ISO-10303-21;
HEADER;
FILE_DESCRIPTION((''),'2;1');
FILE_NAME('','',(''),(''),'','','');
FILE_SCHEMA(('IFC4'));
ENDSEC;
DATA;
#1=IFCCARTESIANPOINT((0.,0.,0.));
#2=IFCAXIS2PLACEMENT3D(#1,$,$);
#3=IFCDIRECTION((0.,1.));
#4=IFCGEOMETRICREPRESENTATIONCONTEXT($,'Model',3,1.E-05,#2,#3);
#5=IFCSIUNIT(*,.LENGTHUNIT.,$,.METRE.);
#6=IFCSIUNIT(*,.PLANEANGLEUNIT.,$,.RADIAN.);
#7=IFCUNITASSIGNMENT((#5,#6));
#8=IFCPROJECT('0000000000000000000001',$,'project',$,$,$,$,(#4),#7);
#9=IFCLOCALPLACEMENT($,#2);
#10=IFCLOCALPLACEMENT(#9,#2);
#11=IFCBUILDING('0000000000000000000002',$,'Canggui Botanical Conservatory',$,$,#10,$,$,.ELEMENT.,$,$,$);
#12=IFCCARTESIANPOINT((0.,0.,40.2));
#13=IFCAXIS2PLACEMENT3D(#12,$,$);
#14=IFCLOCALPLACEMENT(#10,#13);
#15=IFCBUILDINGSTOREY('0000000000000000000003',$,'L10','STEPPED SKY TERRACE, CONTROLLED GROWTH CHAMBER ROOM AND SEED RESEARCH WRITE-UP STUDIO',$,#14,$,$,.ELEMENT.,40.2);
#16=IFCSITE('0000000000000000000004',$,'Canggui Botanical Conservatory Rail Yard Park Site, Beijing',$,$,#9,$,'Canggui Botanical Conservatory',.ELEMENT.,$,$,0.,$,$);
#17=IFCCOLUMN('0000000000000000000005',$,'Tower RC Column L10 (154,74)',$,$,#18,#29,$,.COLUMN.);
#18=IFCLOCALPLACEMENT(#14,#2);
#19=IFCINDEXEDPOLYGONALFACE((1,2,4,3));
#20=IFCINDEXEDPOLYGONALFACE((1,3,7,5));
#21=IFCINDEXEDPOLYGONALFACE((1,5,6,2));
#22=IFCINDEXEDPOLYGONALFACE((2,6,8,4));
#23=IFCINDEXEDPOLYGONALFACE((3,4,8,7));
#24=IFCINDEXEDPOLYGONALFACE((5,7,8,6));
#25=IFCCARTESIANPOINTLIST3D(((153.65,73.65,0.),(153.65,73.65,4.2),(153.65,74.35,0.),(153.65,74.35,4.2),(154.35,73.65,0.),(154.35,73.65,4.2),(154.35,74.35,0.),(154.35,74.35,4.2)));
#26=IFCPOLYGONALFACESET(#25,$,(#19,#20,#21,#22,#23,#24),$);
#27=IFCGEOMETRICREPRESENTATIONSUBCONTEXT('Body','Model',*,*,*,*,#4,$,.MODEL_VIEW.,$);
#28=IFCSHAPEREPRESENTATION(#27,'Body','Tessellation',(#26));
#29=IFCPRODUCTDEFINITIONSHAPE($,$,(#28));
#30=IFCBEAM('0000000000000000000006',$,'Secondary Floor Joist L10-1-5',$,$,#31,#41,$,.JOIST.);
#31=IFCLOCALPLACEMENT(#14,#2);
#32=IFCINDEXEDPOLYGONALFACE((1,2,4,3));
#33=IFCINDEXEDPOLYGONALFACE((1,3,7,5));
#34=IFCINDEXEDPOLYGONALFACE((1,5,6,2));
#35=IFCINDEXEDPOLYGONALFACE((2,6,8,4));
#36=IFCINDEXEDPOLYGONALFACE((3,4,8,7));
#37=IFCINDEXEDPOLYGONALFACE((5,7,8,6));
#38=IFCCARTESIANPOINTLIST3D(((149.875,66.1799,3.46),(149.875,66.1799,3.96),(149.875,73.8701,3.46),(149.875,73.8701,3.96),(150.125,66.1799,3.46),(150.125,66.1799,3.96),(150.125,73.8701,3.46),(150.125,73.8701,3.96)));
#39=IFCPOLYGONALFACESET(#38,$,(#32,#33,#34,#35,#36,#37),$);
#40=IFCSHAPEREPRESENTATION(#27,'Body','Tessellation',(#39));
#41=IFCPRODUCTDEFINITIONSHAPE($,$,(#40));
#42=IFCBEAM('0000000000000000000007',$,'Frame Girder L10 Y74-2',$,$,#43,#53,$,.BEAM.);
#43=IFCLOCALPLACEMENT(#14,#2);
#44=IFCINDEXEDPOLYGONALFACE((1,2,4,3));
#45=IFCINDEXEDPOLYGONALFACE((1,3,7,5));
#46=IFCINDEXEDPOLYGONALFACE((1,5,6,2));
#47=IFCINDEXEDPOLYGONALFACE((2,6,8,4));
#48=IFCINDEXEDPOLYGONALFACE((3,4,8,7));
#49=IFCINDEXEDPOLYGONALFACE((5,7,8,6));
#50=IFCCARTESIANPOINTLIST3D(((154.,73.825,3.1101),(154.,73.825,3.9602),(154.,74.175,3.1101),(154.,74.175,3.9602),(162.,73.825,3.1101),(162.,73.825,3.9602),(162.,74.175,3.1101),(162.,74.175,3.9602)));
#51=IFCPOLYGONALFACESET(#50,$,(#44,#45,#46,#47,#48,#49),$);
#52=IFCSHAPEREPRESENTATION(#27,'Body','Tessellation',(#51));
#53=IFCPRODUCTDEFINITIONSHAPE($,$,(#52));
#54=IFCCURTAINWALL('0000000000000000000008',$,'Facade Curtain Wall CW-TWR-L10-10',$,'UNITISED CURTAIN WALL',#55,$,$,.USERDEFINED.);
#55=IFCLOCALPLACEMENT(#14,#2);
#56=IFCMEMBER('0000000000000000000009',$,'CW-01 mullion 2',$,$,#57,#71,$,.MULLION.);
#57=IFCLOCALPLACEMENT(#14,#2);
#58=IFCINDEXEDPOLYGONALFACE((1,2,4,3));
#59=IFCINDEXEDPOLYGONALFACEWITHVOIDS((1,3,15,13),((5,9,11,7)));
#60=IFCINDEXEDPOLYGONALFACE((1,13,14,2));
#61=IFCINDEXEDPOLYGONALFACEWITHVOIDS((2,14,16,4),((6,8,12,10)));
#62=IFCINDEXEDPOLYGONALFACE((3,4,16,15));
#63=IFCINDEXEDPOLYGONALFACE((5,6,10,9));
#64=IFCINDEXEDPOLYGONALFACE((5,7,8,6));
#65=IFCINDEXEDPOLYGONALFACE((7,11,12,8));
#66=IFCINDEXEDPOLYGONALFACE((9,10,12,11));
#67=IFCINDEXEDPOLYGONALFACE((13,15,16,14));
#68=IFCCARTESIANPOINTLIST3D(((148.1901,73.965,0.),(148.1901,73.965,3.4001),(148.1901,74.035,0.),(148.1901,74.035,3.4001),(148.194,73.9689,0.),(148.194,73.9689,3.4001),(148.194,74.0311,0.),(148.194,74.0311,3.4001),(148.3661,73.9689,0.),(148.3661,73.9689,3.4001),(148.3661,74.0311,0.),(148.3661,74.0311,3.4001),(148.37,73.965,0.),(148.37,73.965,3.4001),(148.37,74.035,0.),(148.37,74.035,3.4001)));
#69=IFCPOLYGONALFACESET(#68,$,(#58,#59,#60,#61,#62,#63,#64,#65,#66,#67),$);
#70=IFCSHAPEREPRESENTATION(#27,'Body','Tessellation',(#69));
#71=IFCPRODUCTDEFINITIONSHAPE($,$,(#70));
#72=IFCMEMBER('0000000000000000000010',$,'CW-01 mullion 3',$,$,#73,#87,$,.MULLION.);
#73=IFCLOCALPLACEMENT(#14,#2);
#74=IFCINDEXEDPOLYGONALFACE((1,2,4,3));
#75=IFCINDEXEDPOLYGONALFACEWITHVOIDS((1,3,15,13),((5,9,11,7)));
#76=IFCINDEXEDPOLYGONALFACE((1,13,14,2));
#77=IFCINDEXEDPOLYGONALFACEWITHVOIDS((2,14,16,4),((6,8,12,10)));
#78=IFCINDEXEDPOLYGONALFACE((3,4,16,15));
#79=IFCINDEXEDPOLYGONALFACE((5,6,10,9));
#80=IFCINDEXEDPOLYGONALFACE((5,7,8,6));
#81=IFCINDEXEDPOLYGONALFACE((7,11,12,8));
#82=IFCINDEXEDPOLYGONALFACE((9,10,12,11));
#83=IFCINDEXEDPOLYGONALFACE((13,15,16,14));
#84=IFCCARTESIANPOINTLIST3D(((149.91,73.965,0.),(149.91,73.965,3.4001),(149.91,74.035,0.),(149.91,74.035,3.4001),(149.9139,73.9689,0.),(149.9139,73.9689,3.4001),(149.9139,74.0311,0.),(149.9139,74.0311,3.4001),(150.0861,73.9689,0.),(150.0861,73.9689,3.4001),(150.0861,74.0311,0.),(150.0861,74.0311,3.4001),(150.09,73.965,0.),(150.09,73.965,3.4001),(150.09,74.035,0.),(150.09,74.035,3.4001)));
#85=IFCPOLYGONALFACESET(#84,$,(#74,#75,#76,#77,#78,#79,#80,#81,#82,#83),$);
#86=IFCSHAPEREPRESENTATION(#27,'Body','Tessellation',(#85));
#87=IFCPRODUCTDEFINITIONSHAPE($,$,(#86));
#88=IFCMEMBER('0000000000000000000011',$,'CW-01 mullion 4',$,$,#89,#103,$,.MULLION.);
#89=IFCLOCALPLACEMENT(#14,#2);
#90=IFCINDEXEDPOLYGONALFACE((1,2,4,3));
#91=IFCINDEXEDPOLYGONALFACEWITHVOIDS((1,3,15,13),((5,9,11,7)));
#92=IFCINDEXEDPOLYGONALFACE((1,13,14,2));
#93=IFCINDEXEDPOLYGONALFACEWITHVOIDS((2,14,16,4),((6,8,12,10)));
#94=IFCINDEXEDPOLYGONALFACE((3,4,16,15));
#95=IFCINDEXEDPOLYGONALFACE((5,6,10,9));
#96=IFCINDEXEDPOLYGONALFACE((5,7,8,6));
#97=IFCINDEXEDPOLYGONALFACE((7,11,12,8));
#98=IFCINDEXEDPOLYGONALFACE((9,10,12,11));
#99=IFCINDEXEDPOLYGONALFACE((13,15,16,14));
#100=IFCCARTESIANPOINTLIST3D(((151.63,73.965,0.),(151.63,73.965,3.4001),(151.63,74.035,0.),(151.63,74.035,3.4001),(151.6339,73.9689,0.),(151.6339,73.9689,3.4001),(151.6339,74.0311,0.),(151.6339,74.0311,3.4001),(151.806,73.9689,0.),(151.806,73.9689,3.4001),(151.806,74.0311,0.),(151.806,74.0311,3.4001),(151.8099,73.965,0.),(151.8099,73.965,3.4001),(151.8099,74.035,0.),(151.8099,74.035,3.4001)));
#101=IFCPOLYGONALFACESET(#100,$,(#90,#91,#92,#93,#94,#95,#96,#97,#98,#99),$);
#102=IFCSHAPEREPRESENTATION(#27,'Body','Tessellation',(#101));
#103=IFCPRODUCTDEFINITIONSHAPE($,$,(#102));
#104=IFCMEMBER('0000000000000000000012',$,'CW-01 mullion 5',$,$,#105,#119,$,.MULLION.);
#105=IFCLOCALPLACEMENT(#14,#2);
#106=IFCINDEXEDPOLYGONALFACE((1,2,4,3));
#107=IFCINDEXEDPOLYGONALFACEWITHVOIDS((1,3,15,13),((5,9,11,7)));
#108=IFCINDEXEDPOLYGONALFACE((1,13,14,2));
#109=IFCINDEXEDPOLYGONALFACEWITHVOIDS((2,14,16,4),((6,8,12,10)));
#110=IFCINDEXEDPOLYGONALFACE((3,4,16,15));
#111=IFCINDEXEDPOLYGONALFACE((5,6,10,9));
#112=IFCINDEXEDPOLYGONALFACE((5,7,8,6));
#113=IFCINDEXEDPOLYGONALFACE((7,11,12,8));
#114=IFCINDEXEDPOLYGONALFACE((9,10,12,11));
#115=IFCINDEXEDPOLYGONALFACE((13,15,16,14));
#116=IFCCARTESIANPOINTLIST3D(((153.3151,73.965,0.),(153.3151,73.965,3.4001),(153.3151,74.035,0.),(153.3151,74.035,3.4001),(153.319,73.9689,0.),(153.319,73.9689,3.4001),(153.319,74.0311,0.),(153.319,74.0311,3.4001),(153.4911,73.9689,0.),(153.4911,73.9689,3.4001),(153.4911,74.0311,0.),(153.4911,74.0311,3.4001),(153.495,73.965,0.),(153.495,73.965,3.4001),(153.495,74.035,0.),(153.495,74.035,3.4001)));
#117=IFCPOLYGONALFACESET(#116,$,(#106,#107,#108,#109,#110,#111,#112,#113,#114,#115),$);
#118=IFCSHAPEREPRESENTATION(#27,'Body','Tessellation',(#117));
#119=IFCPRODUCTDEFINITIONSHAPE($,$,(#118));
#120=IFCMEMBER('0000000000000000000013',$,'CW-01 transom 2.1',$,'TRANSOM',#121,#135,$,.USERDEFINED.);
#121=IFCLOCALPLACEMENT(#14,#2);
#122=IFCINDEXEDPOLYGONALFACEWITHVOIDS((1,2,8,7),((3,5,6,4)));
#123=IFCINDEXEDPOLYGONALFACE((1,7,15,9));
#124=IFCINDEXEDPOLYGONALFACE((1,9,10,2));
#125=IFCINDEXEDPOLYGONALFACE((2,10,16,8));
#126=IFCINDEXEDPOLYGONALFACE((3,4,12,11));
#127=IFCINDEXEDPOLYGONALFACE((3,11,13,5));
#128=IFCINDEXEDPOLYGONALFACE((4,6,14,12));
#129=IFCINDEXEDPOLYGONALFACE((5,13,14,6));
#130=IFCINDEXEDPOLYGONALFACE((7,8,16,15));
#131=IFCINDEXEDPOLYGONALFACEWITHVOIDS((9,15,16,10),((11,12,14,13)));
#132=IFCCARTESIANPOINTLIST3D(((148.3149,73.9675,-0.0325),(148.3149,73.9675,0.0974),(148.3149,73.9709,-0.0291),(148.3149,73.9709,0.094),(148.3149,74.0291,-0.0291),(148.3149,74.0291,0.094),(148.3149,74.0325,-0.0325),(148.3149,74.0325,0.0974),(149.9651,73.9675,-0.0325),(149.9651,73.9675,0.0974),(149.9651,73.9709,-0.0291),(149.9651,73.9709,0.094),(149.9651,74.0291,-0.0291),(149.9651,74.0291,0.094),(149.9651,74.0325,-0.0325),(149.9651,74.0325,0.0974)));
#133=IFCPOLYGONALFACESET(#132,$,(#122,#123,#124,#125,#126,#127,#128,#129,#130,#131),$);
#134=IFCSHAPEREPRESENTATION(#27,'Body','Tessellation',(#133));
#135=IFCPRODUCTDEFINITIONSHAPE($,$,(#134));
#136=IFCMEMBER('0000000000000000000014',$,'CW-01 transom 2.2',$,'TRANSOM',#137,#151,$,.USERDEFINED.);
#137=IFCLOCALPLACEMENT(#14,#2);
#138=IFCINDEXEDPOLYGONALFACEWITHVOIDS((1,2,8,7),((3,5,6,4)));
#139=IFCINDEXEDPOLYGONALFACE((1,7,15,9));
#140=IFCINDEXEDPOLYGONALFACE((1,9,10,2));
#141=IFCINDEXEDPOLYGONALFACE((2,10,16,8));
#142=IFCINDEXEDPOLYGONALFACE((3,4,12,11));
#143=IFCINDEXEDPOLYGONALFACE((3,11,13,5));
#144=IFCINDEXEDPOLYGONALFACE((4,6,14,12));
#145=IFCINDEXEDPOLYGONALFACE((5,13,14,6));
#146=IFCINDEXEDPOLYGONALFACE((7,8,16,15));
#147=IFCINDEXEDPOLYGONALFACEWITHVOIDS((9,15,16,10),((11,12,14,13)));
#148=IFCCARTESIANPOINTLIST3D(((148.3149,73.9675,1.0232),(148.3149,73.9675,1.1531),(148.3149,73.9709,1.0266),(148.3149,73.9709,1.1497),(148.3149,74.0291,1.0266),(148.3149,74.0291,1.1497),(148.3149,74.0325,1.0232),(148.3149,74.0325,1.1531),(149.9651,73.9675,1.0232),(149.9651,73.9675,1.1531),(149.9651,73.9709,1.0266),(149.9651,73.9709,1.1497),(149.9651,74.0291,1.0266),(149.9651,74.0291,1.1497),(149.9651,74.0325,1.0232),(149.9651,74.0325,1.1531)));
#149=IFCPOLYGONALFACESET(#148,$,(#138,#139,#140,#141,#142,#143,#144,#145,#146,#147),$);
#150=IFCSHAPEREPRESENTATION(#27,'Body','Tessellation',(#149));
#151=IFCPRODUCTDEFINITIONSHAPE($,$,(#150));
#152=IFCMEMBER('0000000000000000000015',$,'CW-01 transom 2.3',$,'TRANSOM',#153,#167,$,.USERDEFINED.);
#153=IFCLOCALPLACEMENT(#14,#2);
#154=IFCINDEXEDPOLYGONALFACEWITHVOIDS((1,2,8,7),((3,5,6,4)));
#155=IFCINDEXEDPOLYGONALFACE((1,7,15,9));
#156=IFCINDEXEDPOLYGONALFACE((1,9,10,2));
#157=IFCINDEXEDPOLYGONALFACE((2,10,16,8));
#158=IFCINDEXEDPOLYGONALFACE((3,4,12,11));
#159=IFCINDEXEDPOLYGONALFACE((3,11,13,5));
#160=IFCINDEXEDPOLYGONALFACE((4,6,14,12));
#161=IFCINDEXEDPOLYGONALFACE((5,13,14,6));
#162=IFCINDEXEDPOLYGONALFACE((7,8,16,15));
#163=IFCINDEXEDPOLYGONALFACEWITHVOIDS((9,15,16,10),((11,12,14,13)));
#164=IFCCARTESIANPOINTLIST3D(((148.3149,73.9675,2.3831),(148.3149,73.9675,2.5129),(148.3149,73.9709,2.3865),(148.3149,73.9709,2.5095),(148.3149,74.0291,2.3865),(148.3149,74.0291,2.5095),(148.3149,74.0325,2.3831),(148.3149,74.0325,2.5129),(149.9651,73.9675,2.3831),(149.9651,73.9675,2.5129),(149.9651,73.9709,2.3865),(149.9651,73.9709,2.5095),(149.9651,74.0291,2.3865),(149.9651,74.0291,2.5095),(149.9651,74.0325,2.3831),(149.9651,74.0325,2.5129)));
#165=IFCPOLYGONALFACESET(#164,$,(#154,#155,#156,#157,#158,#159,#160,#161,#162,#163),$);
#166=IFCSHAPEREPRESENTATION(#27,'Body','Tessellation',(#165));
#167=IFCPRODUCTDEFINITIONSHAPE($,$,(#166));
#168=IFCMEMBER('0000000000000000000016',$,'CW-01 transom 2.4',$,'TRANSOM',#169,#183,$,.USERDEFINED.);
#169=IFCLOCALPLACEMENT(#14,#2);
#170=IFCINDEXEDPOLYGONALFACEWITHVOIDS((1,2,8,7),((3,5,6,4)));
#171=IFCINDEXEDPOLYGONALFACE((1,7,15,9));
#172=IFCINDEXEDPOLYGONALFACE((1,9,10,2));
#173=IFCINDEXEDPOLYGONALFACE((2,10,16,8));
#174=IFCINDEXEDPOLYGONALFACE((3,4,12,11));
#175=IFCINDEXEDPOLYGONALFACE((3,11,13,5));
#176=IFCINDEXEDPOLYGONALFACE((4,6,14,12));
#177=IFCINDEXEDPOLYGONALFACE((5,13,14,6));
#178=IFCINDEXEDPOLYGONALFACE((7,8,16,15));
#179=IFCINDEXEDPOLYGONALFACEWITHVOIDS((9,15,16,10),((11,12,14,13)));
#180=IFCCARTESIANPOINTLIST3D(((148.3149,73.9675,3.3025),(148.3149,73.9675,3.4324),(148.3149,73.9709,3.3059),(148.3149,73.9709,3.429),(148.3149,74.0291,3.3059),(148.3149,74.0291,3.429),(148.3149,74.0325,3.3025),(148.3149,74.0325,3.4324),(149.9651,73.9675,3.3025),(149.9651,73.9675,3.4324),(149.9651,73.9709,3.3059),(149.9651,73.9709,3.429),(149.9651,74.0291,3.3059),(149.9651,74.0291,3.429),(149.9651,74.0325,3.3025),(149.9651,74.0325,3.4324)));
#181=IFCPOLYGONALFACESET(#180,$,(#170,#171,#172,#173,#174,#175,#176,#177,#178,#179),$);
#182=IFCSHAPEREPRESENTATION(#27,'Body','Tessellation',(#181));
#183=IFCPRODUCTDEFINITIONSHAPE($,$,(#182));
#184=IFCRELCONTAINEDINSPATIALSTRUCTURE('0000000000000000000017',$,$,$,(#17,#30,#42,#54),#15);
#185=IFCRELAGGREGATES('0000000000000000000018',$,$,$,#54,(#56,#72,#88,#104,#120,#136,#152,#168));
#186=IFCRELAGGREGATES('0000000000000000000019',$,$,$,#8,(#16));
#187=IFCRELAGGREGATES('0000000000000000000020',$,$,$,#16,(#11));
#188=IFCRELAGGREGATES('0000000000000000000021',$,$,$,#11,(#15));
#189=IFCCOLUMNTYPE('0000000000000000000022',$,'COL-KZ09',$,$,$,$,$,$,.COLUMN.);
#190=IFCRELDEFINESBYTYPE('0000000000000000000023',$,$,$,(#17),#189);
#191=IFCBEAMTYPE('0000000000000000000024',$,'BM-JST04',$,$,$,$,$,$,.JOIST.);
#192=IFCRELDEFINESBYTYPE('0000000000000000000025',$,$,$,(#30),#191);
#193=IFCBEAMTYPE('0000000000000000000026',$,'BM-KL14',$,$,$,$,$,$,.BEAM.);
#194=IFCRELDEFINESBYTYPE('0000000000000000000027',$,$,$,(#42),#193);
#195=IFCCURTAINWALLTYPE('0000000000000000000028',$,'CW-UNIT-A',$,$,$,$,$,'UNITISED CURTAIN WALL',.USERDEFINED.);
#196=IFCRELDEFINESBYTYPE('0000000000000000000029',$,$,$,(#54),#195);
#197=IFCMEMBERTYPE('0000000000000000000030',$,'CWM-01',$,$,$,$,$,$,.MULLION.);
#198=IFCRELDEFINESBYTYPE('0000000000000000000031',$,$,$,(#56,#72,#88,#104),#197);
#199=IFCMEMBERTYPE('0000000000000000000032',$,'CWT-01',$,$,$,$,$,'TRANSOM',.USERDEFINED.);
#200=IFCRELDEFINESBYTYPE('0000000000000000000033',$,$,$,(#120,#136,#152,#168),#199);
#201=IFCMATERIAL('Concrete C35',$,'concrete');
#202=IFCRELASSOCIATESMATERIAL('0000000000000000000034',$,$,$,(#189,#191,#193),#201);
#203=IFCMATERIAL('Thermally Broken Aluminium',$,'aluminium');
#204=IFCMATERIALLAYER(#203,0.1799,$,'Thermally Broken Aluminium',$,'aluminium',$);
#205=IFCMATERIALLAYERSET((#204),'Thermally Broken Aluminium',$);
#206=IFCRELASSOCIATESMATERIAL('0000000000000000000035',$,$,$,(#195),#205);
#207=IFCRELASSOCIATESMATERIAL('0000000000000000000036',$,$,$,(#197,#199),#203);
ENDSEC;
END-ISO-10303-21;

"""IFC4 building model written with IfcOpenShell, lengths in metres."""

from ifc_helpers import new_model, si_unit, direction, frame, origin, origin_2d, place, context, subcontext, project, spatial, rectangle, hollow_rectangle, extrude, material, layer, layer_set, material_profile, profile_set, type_object, element, aggregate, save


model = new_model("IFC4")

# Units and contexts
model_context = context("Model", 3, precision=1e-05, world=origin(), true_north=direction((0.0, 1.0)))
body_context = subcontext(model_context, "Body", "Model", "MODEL_VIEW")
ifc_project = project(units=[si_unit("LENGTHUNIT", "METRE"), si_unit("PLANEANGLEUNIT", "RADIAN")], contexts=[model_context])

# Site, building, storey
site_placement = place(None, origin())
site = spatial("IfcSite", under=ifc_project, at=site_placement, Name="Canggui Botanical Conservatory Rail Yard Park Site, Beijing", LongName="Canggui Botanical Conservatory", CompositionType="ELEMENT", RefElevation=0.0)
building_placement = place(site_placement, origin())
building = spatial("IfcBuilding", under=site, at=building_placement, Name="Canggui Botanical Conservatory", CompositionType="ELEMENT")
storey_placement = place(building_placement, frame((0.0, 0.0, 40.2)))
storey = spatial("IfcBuildingStorey", under=building, at=storey_placement, Name="L10", Description="STEPPED SKY TERRACE, CONTROLLED GROWTH CHAMBER ROOM AND SEED RESEARCH WRITE-UP STUDIO", CompositionType="ELEMENT", Elevation=40.2)

# Column
ifc_material_1 = material(Name="Concrete C35", Category="concrete")
ifc_material_profile_1 = material_profile(ifc_material_1, rectangle(XDim=0.7, YDim=0.7, at=origin_2d()), Name="RC 700x700")
ifc_profile_set_1 = profile_set([ifc_material_profile_1], Name="Concrete C35")
column_type = type_object("IfcColumnType", Name="COL-KZ09", PredefinedType="COLUMN", material=ifc_profile_set_1)
column_placement = place(storey_placement, frame((154.0, 74.0, 0.0), z_axis=(0.0, 0.0, 1.0), x_axis=(1.0, 0.0, 0.0)))
element("IfcColumn", 1, at=column_placement, inside=storey, type_object=column_type, Name="Tower RC Column L10 (154,74)", PredefinedType="COLUMN", context=body_context, shape_type="SweptSolid", body=[
    extrude(rectangle(XDim=0.7, YDim=0.7, at=origin_2d()), origin(), (0.0, 0.0, 1.0), 4.2),
])

# Beams
ifc_material_profile_2 = material_profile(ifc_material_1, rectangle(XDim=0.25, YDim=0.5, at=origin_2d()), Name="RB 250x500")
ifc_profile_set_2 = profile_set([ifc_material_profile_2], Name="Concrete C35")
beam_type_1 = type_object("IfcBeamType", Name="BM-JST04", PredefinedType="JOIST", material=ifc_profile_set_2)
beam_1_placement = place(storey_placement, frame((150.0, 66.1799, 3.71), z_axis=(0.0, 1.0, 0.0), x_axis=(-1.0, 0.0, 0.0)))
element("IfcBeam", 2, at=beam_1_placement, inside=storey, type_object=beam_type_1, Name="Secondary Floor Joist L10-1-5", PredefinedType="JOIST", context=body_context, shape_type="SweptSolid", body=[
    extrude(rectangle(XDim=0.25, YDim=0.5, at=origin_2d()), origin(), (0.0, 0.0, 1.0), 7.6902),
])
ifc_material_profile_3 = material_profile(ifc_material_1, rectangle(XDim=0.3501, YDim=0.8501, at=origin_2d()), Name="RB 350x850")
ifc_profile_set_3 = profile_set([ifc_material_profile_3], Name="Concrete C35")
beam_type_2 = type_object("IfcBeamType", Name="BM-KL14", PredefinedType="BEAM", material=ifc_profile_set_3)
beam_2_placement = place(storey_placement, frame((154.0, 74.0, 3.5352), z_axis=(1.0, 0.0, 0.0), x_axis=(0.0, 1.0, 0.0)))
element("IfcBeam", 3, at=beam_2_placement, inside=storey, type_object=beam_type_2, Name="Frame Girder L10 Y74-2", PredefinedType="BEAM", context=body_context, shape_type="SweptSolid", body=[
    extrude(rectangle(XDim=0.3501, YDim=0.8501, at=origin_2d()), origin(), (0.0, 0.0, 1.0), 8.0),
])

# Curtain wall, members
ifc_material_2 = material(Name="Thermally Broken Aluminium", Category="aluminium")
ifc_layer_1 = layer(ifc_material_2, 0.1799, Name="Thermally Broken Aluminium", Category="aluminium")
ifc_layer_set_1 = layer_set([ifc_layer_1], Name="Thermally Broken Aluminium")
curtain_wall_type = type_object("IfcCurtainWallType", Name="CW-UNIT-A", ElementType="UNITISED CURTAIN WALL", PredefinedType="USERDEFINED", material=ifc_layer_set_1)
curtain_wall_placement = place(storey_placement, origin())
curtain_wall = element("IfcCurtainWall", 4, at=curtain_wall_placement, inside=storey, type_object=curtain_wall_type, Name="Facade Curtain Wall CW-TWR-L10-10", ObjectType="UNITISED CURTAIN WALL", PredefinedType="USERDEFINED")
ifc_material_profile_4 = material_profile(ifc_material_2, hollow_rectangle(XDim=0.0701, YDim=0.1799, WallThickness=0.0039, at=origin_2d()), Name="CWM 70x180x4")
ifc_profile_set_4 = profile_set([ifc_material_profile_4], Name="Thermally Broken Aluminium")
member_type_1 = type_object("IfcMemberType", Name="CWM-01", PredefinedType="MULLION", material=ifc_profile_set_4)
member_1_placement = place(storey_placement, frame((148.28, 74.0, 0.0), z_axis=(0.0, 0.0, 1.0), x_axis=(0.0, 1.0, 0.0)))
member_1 = element("IfcMember", 5, at=member_1_placement, type_object=member_type_1, Name="CW-01 mullion 2", PredefinedType="MULLION", context=body_context, shape_type="SweptSolid", body=[
    extrude(hollow_rectangle(XDim=0.0701, YDim=0.1799, WallThickness=0.0039, at=origin_2d()), origin(), (0.0, 0.0, 1.0), 3.4001),
])
member_2_placement = place(storey_placement, frame((150.0, 74.0, 0.0), z_axis=(0.0, 0.0, 1.0), x_axis=(0.0, 1.0, 0.0)))
member_2 = element("IfcMember", 6, at=member_2_placement, type_object=member_type_1, Name="CW-01 mullion 3", PredefinedType="MULLION", context=body_context, shape_type="SweptSolid", body=[
    extrude(hollow_rectangle(XDim=0.0701, YDim=0.1799, WallThickness=0.0039, at=origin_2d()), origin(), (0.0, 0.0, 1.0), 3.4001),
])
member_3_placement = place(storey_placement, frame((151.72, 74.0, 0.0), z_axis=(0.0, 0.0, 1.0), x_axis=(0.0, 1.0, 0.0)))
member_3 = element("IfcMember", 7, at=member_3_placement, type_object=member_type_1, Name="CW-01 mullion 4", PredefinedType="MULLION", context=body_context, shape_type="SweptSolid", body=[
    extrude(hollow_rectangle(XDim=0.0701, YDim=0.1799, WallThickness=0.0039, at=origin_2d()), origin(), (0.0, 0.0, 1.0), 3.4001),
])
member_4_placement = place(storey_placement, frame((153.405, 74.0, 0.0), z_axis=(0.0, 0.0, 1.0), x_axis=(0.0, 1.0, 0.0)))
member_4 = element("IfcMember", 8, at=member_4_placement, type_object=member_type_1, Name="CW-01 mullion 5", PredefinedType="MULLION", context=body_context, shape_type="SweptSolid", body=[
    extrude(hollow_rectangle(XDim=0.0701, YDim=0.1799, WallThickness=0.0039, at=origin_2d()), origin(), (0.0, 0.0, 1.0), 3.4001),
])
ifc_material_profile_5 = material_profile(ifc_material_2, hollow_rectangle(XDim=0.0649, YDim=0.1299, WallThickness=0.0034, at=origin_2d()), Name="CWT 65x130x3.5")
ifc_profile_set_5 = profile_set([ifc_material_profile_5], Name="Thermally Broken Aluminium")
member_type_2 = type_object("IfcMemberType", Name="CWT-01", ElementType="TRANSOM", PredefinedType="USERDEFINED", material=ifc_profile_set_5)
member_5_placement = place(storey_placement, frame((148.3149, 74.0, 0.0325), z_axis=(1.0, 0.0, 0.0), x_axis=(0.0, 1.0, 0.0)))
member_5 = element("IfcMember", 9, at=member_5_placement, type_object=member_type_2, Name="CW-01 transom 2.1", ObjectType="TRANSOM", PredefinedType="USERDEFINED", context=body_context, shape_type="SweptSolid", body=[
    extrude(hollow_rectangle(XDim=0.0649, YDim=0.1299, WallThickness=0.0034, at=origin_2d()), origin(), (0.0, 0.0, 1.0), 1.6501),
])
member_6_placement = place(storey_placement, frame((148.3149, 74.0, 1.0881), z_axis=(1.0, 0.0, 0.0), x_axis=(0.0, 1.0, 0.0)))
member_6 = element("IfcMember", 10, at=member_6_placement, type_object=member_type_2, Name="CW-01 transom 2.2", ObjectType="TRANSOM", PredefinedType="USERDEFINED", context=body_context, shape_type="SweptSolid", body=[
    extrude(hollow_rectangle(XDim=0.0649, YDim=0.1299, WallThickness=0.0034, at=origin_2d()), origin(), (0.0, 0.0, 1.0), 1.6501),
])
member_7_placement = place(storey_placement, frame((148.3149, 74.0, 2.448), z_axis=(1.0, 0.0, 0.0), x_axis=(0.0, 1.0, 0.0)))
member_7 = element("IfcMember", 11, at=member_7_placement, type_object=member_type_2, Name="CW-01 transom 2.3", ObjectType="TRANSOM", PredefinedType="USERDEFINED", context=body_context, shape_type="SweptSolid", body=[
    extrude(hollow_rectangle(XDim=0.0649, YDim=0.1299, WallThickness=0.0034, at=origin_2d()), origin(), (0.0, 0.0, 1.0), 1.6501),
])
member_8_placement = place(storey_placement, frame((148.3149, 74.0, 3.3674), z_axis=(1.0, 0.0, 0.0), x_axis=(0.0, 1.0, 0.0)))
member_8 = element("IfcMember", 12, at=member_8_placement, type_object=member_type_2, Name="CW-01 transom 2.4", ObjectType="TRANSOM", PredefinedType="USERDEFINED", context=body_context, shape_type="SweptSolid", body=[
    extrude(hollow_rectangle(XDim=0.0649, YDim=0.1299, WallThickness=0.0034, at=origin_2d()), origin(), (0.0, 0.0, 1.0), 1.6501),
])
aggregate(curtain_wall, [member_1, member_2, member_3, member_4, member_5, member_6, member_7, member_8])

save(model, "model.ifc")
